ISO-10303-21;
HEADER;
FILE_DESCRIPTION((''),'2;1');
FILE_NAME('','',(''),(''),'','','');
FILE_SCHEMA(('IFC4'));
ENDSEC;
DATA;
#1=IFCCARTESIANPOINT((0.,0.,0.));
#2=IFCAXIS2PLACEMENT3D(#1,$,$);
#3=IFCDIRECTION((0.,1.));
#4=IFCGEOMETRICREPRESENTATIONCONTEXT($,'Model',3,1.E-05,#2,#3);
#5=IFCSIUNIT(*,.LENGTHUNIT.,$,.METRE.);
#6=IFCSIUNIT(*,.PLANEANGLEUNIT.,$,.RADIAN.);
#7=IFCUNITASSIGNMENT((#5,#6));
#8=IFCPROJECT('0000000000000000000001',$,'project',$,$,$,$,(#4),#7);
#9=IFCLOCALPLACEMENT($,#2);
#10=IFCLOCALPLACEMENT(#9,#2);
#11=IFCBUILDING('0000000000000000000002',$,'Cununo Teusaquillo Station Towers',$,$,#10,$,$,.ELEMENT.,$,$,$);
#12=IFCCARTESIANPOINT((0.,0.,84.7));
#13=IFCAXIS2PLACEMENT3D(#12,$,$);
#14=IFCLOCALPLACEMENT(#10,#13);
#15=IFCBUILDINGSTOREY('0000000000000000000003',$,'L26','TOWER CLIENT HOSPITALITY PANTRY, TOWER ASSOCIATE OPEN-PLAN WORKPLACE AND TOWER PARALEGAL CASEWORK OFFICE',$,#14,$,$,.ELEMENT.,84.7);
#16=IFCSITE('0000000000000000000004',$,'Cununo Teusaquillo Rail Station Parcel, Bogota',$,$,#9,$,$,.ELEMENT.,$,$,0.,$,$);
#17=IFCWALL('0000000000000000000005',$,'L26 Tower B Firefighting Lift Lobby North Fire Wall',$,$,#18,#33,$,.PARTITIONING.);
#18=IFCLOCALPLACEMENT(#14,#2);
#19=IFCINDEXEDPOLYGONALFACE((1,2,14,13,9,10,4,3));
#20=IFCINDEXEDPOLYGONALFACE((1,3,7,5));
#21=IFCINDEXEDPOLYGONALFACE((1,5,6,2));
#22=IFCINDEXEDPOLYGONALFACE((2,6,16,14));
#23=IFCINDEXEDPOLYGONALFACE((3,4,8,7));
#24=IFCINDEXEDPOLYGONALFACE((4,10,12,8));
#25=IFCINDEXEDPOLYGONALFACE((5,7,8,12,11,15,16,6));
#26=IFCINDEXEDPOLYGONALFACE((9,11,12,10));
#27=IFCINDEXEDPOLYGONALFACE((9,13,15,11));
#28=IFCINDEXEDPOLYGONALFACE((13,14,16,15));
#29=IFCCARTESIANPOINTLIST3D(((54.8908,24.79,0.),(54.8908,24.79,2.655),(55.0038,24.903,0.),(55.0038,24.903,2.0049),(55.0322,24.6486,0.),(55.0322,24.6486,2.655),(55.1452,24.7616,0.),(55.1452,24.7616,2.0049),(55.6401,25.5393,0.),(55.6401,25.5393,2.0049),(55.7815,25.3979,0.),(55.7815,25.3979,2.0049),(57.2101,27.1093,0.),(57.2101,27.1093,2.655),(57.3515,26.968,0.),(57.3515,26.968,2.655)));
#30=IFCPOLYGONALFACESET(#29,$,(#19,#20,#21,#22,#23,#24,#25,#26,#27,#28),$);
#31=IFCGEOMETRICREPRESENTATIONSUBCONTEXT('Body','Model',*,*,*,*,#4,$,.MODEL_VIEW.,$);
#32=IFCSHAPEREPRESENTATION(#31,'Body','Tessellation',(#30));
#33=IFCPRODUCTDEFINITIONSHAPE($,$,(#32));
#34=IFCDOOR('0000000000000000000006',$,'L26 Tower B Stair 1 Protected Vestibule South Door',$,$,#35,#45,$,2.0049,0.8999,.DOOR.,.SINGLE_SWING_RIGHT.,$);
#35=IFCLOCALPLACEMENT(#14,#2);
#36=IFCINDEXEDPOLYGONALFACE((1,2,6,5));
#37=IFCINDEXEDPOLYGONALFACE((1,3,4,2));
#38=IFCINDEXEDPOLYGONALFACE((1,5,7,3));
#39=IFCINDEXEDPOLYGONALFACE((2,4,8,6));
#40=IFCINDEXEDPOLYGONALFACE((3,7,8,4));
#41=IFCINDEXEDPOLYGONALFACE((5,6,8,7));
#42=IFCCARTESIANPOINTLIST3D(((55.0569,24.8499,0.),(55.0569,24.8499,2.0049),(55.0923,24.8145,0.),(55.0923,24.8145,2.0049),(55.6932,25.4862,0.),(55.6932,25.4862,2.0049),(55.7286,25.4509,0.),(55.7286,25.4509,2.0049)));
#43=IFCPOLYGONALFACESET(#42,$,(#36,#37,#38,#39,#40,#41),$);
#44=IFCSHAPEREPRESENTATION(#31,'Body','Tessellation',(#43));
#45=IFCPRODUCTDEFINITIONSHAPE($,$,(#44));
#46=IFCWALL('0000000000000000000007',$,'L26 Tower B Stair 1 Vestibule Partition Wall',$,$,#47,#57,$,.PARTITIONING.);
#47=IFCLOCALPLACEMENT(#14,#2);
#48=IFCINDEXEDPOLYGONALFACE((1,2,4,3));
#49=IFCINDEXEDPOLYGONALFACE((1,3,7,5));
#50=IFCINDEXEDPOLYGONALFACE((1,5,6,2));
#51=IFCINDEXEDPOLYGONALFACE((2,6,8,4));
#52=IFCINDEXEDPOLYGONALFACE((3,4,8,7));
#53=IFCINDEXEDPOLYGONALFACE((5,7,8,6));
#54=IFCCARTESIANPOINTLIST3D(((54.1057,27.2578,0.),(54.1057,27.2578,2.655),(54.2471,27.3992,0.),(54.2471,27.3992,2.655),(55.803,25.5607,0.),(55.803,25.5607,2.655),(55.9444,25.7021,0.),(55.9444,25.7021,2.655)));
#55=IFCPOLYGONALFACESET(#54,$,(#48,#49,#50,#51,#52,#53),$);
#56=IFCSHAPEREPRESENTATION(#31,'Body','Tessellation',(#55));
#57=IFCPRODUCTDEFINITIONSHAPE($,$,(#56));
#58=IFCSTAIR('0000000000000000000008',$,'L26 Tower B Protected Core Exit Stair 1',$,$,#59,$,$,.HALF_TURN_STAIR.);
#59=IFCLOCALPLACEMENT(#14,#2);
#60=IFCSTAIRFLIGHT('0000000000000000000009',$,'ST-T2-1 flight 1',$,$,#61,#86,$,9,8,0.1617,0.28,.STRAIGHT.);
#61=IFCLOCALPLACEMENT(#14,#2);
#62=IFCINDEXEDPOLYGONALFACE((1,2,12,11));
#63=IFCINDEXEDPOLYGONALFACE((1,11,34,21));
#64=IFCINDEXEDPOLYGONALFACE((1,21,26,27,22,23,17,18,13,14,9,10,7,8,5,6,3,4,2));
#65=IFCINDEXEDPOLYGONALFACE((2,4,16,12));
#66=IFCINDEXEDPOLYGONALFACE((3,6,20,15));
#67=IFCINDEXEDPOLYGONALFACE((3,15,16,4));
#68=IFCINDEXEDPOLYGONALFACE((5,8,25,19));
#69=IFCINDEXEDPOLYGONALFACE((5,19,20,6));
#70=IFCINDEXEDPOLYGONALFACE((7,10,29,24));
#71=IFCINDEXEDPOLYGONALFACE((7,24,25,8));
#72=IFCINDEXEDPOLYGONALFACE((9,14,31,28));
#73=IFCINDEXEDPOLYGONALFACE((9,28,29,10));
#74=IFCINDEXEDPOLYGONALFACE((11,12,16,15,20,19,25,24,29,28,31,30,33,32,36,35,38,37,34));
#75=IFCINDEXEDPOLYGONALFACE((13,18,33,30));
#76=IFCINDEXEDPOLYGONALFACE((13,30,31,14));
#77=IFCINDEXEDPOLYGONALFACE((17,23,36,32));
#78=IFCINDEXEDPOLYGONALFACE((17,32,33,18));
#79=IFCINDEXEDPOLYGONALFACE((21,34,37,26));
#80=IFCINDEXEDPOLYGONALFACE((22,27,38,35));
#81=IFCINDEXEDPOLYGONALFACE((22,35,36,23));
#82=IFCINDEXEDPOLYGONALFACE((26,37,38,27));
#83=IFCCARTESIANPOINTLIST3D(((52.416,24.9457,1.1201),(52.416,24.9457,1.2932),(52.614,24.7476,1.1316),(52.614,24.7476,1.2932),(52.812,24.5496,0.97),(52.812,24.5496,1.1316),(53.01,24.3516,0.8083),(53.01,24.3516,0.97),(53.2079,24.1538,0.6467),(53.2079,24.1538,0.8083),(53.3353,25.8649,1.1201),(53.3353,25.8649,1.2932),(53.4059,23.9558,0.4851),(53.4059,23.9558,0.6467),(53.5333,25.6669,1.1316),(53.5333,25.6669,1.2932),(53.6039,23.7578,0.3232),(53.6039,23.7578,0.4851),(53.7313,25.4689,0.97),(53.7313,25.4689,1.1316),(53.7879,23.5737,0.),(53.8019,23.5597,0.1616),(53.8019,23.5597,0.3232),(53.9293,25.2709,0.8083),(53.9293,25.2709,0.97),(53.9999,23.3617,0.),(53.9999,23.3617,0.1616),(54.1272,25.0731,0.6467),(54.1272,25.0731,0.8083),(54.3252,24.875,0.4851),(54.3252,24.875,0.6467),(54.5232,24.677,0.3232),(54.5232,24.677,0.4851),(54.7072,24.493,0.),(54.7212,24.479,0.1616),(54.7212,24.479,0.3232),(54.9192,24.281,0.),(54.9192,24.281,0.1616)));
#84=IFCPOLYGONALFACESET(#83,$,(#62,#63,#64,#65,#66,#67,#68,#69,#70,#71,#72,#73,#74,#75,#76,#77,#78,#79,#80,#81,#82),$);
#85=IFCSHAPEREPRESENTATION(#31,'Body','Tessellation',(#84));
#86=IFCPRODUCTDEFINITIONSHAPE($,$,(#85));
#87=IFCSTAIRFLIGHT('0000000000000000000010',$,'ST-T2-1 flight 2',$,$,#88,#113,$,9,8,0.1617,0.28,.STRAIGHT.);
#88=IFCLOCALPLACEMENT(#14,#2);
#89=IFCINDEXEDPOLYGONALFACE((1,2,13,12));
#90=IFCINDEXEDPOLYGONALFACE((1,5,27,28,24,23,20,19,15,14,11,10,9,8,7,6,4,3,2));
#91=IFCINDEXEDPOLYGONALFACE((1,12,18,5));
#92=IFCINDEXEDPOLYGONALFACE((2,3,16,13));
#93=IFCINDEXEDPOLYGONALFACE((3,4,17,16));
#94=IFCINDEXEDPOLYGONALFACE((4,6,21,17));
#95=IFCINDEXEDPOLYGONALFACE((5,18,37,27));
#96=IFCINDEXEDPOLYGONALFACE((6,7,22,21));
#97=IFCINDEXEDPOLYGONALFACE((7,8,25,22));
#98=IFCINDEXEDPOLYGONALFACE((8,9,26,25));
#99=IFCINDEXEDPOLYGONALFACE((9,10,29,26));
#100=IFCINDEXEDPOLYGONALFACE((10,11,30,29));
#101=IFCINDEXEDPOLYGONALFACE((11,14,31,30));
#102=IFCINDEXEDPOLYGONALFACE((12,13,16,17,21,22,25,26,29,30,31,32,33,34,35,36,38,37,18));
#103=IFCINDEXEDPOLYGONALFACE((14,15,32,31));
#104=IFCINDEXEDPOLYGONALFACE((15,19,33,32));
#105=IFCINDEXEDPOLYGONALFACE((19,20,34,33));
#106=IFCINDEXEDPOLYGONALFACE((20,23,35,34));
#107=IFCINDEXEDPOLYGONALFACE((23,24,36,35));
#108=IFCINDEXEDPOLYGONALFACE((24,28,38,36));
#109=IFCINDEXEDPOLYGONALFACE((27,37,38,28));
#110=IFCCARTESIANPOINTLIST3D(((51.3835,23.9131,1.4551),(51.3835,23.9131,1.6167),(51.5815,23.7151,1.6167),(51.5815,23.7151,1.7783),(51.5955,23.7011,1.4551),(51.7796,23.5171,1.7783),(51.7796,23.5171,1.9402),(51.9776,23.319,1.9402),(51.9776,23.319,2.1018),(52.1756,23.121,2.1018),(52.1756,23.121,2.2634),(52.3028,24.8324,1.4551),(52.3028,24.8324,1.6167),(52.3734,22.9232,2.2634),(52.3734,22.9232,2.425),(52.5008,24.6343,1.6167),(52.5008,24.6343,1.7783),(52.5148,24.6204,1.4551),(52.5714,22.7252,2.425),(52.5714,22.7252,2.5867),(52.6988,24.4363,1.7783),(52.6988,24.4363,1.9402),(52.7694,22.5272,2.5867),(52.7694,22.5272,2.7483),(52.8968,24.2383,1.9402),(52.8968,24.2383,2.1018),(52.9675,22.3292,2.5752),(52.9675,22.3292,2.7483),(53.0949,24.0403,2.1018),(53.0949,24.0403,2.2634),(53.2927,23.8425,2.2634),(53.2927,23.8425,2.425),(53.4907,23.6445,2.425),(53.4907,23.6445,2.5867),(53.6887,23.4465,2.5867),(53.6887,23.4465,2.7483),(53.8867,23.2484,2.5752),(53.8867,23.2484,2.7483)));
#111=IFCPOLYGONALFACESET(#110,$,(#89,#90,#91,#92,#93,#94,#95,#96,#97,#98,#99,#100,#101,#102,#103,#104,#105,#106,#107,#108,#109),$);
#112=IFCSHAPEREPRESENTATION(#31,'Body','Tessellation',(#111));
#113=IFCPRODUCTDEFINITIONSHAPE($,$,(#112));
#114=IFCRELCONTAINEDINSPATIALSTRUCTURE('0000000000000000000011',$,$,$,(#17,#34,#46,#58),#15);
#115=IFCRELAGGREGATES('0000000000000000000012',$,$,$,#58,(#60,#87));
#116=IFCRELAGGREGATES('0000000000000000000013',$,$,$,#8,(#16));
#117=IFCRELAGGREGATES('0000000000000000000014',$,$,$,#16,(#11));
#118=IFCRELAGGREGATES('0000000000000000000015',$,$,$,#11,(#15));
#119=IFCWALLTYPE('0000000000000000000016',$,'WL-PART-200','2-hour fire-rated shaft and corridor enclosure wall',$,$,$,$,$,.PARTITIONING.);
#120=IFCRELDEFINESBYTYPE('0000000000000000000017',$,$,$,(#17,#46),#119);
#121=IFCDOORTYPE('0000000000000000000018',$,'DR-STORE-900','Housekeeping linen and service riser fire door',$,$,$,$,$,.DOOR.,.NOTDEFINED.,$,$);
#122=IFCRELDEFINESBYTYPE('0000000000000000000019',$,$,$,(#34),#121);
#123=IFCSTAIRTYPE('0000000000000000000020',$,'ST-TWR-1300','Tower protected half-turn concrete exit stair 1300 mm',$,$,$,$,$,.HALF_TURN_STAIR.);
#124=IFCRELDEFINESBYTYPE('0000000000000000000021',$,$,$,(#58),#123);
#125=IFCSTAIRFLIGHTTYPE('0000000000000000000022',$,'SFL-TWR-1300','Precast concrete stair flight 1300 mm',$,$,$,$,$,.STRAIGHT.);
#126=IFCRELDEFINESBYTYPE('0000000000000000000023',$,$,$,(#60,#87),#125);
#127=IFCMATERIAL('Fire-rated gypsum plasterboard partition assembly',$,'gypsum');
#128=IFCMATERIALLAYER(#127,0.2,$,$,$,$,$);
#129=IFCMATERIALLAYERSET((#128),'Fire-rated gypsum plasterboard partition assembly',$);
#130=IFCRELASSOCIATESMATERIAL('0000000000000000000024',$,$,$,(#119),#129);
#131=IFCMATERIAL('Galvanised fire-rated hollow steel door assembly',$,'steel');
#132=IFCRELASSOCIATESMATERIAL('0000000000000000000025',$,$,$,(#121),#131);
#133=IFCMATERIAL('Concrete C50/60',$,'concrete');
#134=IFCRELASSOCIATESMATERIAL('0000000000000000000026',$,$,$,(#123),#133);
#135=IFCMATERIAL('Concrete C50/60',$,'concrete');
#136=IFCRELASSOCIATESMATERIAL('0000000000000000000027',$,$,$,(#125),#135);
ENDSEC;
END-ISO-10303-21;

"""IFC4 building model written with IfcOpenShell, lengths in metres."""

from ifc_helpers import new_model, si_unit, direction, frame, frame_2d, origin, place, context, subcontext, project, spatial, polyline, rectangle, outline, extrude, source, transform, mapped, material, layer, layer_set, type_object, element, fill, aggregate, save


model = new_model("IFC4")

# Units and contexts
model_context = context("Model", 3, precision=1e-05, world=origin(), true_north=direction((0.0, 1.0)))
body_context = subcontext(model_context, "Body", "Model", "MODEL_VIEW")
ifc_project = project(units=[si_unit("LENGTHUNIT", "METRE"), si_unit("PLANEANGLEUNIT", "RADIAN")], contexts=[model_context])

# Site, building, storey
site_placement = place(None, origin())
site = spatial("IfcSite", under=ifc_project, at=site_placement, Name="Cununo Teusaquillo Rail Station Parcel, Bogota", CompositionType="ELEMENT", RefElevation=0.0)
building_placement = place(site_placement, origin())
building = spatial("IfcBuilding", under=site, at=building_placement, Name="Cununo Teusaquillo Station Towers", CompositionType="ELEMENT")
storey_placement = place(building_placement, frame((0.0, 0.0, 84.7)))
storey = spatial("IfcBuildingStorey", under=building, at=storey_placement, Name="L26", Description="TOWER CLIENT HOSPITALITY PANTRY, TOWER ASSOCIATE OPEN-PLAN WORKPLACE AND TOWER PARALEGAL CASEWORK OFFICE", CompositionType="ELEMENT", Elevation=84.7)

# Wall, opening, door
ifc_material_1 = material(Name="Fire-rated gypsum plasterboard partition assembly", Category="gypsum")
ifc_layer_1 = layer(ifc_material_1, 0.2)
ifc_layer_set_1 = layer_set([ifc_layer_1], Name="Fire-rated gypsum plasterboard partition assembly")
wall_type_1 = type_object("IfcWallType", Name="WL-PART-200", Description="2-hour fire-rated shaft and corridor enclosure wall", PredefinedType="PARTITIONING", material=ifc_layer_set_1)
wall_1_placement = place(storey_placement, frame((54.9614, 24.7192, 0.0), z_axis=(0.0, 0.0, 1.0), x_axis=(0.707107, 0.707107, 0.0)))
wall_1 = element("IfcWall", 1, at=wall_1_placement, inside=storey, type_object=wall_type_1, Name="L26 Tower B Firefighting Lift Lobby North Fire Wall", PredefinedType="PARTITIONING", context=body_context, shape_type="SweptSolid", body=[
    extrude(rectangle(XDim=3.28, YDim=0.2, at=frame_2d((1.6401, 0.0))), origin(), (0.0, 0.0, 1.0), 2.655),
])
shared_shape_1 = source(origin(), body_context, "Body", "SweptSolid", [
    extrude(rectangle(XDim=0.8999, YDim=2.0049, at=frame_2d((0.45, 1.0024))), frame((0.0, 0.1099, 0.0), z_axis=(0.0, -1.0, 0.0), x_axis=(1.0, 0.0, 0.0)), (0.0, 0.0, 1.0), 0.22),
])
opening_1_placement = place(wall_1_placement, frame((0.1599, 0.0, 0.0)))
opening_1 = element("IfcOpeningElement", 2, at=opening_1_placement, cuts=wall_1, PredefinedType="OPENING", context=body_context, shape_type="MappedRepresentation", body=[
    mapped(shared_shape_1, transform((0.0, 0.0, 0.0), x_axis=(1.0, 0.0, 0.0), y_axis=(0.0, 1.0, 0.0), z_axis=(0.0, 0.0, 1.0), scale=1.0)),
])
ifc_material_2 = material(Name="Galvanised fire-rated hollow steel door assembly", Category="steel")
door_type_1 = type_object("IfcDoorType", Name="DR-STORE-900", Description="Housekeeping linen and service riser fire door", OperationType="NOTDEFINED", PredefinedType="DOOR", material=ifc_material_2)
shared_shape_2 = source(origin(), body_context, "Body", "SweptSolid", [
    extrude(rectangle(XDim=0.8999, YDim=2.0049, at=frame_2d((0.45, 1.0024))), frame((0.0, 0.0249, 0.0), z_axis=(0.0, -1.0, 0.0), x_axis=(1.0, 0.0, 0.0)), (0.0, 0.0, 1.0), 0.05),
])
door_1_placement = place(opening_1_placement, origin())
door_1 = element("IfcDoor", 3, at=door_1_placement, inside=storey, type_object=door_type_1, Name="L26 Tower B Stair 1 Protected Vestibule South Door", OperationType="SINGLE_SWING_RIGHT", OverallHeight=2.0049, OverallWidth=0.8999, PredefinedType="DOOR", context=body_context, shape_type="MappedRepresentation", body=[
    mapped(shared_shape_2, transform((0.0, 0.0, 0.0), x_axis=(1.0, 0.0, 0.0), y_axis=(0.0, 1.0, 0.0), z_axis=(0.0, 0.0, 1.0), scale=1.0)),
])
fill(opening_1, door_1)

# Wall
wall_2_placement = place(storey_placement, frame((55.8738, 25.6313, 0.0), z_axis=(0.0, 0.0, 1.0), x_axis=(-0.707158, 0.707056, 0.0)))
element("IfcWall", 4, at=wall_2_placement, inside=storey, type_object=wall_type_1, Name="L26 Tower B Stair 1 Vestibule Partition Wall", PredefinedType="PARTITIONING", context=body_context, shape_type="SweptSolid", body=[
    extrude(rectangle(XDim=2.4001, YDim=0.2, at=frame_2d((1.2002, 0.0))), origin(), (0.0, 0.0, 1.0), 2.655),
])

# Stair, stair flights
ifc_material_3 = material(Name="Concrete C50/60", Category="concrete")
stair_type = type_object("IfcStairType", Name="ST-TWR-1300", Description="Tower protected half-turn concrete exit stair 1300 mm", PredefinedType="HALF_TURN_STAIR", material=ifc_material_3)
stair_placement = place(storey_placement, origin())
stair = element("IfcStair", 5, at=stair_placement, inside=storey, type_object=stair_type, Name="L26 Tower B Protected Core Exit Stair 1", PredefinedType="HALF_TURN_STAIR")
ifc_material_4 = material(Name="Concrete C50/60", Category="concrete")
stair_flight_type = type_object("IfcStairFlightType", Name="SFL-TWR-1300", Description="Precast concrete stair flight 1300 mm", PredefinedType="STRAIGHT", material=ifc_material_4)
stair_flight_1_placement = place(storey_placement, frame((54.4595, 23.8213, 0.0), z_axis=(0.0, 0.0, 1.0), x_axis=(-0.707107, 0.707107, 0.0)))
stair_flight_1 = element("IfcStairFlight", 6, at=stair_flight_1_placement, type_object=stair_flight_type, Name="ST-T2-1 flight 1", NumberOfRisers=9, NumberOfTreads=8, PredefinedType="STRAIGHT", RiserHeight=0.1617, TreadLength=0.28, context=body_context, shape_type="SweptSolid", body=[
    extrude(outline(polyline([(0.0, 0.0), (0.0, 0.1616), (0.28, 0.1616), (0.28, 0.3232), (0.5601, 0.3232), (0.5601, 0.4851), (0.8401, 0.4851), (0.8401, 0.6467), (1.1201, 0.6467), (1.1201, 0.8083), (1.3999, 0.8083), (1.3999, 0.97), (1.6799, 0.97), (1.6799, 1.1316), (1.96, 1.1316), (1.96, 1.2932), (2.24, 1.2932), (2.24, 1.4551), (2.24, 1.1201), (0.2998, 0.0), (0.0, 0.0)])), frame((0.0, 0.6499, 0.0), z_axis=(0.0, -1.0, 0.0), x_axis=(1.0, 0.0, 0.0)), (0.0, 0.0, 1.0), 1.3),
])
stair_flight_2_placement = place(storey_placement, frame((51.8433, 24.3728, 1.4551), z_axis=(0.0, 0.0, 1.0), x_axis=(0.707107, -0.707107, 0.0)))
stair_flight_2 = element("IfcStairFlight", 7, at=stair_flight_2_placement, type_object=stair_flight_type, Name="ST-T2-1 flight 2", NumberOfRisers=9, NumberOfTreads=8, PredefinedType="STRAIGHT", RiserHeight=0.1617, TreadLength=0.28, context=body_context, shape_type="SweptSolid", body=[
    extrude(outline(polyline([(0.0, 0.0), (0.0, 0.1616), (0.28, 0.1616), (0.28, 0.3232), (0.5601, 0.3232), (0.5601, 0.4851), (0.8401, 0.4851), (0.8401, 0.6467), (1.1201, 0.6467), (1.1201, 0.8083), (1.3999, 0.8083), (1.3999, 0.97), (1.6799, 0.97), (1.6799, 1.1316), (1.96, 1.1316), (1.96, 1.2932), (2.24, 1.2932), (2.24, 1.4551), (2.24, 1.1201), (0.2998, 0.0), (0.0, 0.0)])), frame((0.0, 0.6499, 0.0), z_axis=(0.0, -1.0, 0.0), x_axis=(1.0, 0.0, 0.0)), (0.0, 0.0, 1.0), 1.3),
])
aggregate(stair, [stair_flight_1, stair_flight_2])

save(model, "model.ifc")
